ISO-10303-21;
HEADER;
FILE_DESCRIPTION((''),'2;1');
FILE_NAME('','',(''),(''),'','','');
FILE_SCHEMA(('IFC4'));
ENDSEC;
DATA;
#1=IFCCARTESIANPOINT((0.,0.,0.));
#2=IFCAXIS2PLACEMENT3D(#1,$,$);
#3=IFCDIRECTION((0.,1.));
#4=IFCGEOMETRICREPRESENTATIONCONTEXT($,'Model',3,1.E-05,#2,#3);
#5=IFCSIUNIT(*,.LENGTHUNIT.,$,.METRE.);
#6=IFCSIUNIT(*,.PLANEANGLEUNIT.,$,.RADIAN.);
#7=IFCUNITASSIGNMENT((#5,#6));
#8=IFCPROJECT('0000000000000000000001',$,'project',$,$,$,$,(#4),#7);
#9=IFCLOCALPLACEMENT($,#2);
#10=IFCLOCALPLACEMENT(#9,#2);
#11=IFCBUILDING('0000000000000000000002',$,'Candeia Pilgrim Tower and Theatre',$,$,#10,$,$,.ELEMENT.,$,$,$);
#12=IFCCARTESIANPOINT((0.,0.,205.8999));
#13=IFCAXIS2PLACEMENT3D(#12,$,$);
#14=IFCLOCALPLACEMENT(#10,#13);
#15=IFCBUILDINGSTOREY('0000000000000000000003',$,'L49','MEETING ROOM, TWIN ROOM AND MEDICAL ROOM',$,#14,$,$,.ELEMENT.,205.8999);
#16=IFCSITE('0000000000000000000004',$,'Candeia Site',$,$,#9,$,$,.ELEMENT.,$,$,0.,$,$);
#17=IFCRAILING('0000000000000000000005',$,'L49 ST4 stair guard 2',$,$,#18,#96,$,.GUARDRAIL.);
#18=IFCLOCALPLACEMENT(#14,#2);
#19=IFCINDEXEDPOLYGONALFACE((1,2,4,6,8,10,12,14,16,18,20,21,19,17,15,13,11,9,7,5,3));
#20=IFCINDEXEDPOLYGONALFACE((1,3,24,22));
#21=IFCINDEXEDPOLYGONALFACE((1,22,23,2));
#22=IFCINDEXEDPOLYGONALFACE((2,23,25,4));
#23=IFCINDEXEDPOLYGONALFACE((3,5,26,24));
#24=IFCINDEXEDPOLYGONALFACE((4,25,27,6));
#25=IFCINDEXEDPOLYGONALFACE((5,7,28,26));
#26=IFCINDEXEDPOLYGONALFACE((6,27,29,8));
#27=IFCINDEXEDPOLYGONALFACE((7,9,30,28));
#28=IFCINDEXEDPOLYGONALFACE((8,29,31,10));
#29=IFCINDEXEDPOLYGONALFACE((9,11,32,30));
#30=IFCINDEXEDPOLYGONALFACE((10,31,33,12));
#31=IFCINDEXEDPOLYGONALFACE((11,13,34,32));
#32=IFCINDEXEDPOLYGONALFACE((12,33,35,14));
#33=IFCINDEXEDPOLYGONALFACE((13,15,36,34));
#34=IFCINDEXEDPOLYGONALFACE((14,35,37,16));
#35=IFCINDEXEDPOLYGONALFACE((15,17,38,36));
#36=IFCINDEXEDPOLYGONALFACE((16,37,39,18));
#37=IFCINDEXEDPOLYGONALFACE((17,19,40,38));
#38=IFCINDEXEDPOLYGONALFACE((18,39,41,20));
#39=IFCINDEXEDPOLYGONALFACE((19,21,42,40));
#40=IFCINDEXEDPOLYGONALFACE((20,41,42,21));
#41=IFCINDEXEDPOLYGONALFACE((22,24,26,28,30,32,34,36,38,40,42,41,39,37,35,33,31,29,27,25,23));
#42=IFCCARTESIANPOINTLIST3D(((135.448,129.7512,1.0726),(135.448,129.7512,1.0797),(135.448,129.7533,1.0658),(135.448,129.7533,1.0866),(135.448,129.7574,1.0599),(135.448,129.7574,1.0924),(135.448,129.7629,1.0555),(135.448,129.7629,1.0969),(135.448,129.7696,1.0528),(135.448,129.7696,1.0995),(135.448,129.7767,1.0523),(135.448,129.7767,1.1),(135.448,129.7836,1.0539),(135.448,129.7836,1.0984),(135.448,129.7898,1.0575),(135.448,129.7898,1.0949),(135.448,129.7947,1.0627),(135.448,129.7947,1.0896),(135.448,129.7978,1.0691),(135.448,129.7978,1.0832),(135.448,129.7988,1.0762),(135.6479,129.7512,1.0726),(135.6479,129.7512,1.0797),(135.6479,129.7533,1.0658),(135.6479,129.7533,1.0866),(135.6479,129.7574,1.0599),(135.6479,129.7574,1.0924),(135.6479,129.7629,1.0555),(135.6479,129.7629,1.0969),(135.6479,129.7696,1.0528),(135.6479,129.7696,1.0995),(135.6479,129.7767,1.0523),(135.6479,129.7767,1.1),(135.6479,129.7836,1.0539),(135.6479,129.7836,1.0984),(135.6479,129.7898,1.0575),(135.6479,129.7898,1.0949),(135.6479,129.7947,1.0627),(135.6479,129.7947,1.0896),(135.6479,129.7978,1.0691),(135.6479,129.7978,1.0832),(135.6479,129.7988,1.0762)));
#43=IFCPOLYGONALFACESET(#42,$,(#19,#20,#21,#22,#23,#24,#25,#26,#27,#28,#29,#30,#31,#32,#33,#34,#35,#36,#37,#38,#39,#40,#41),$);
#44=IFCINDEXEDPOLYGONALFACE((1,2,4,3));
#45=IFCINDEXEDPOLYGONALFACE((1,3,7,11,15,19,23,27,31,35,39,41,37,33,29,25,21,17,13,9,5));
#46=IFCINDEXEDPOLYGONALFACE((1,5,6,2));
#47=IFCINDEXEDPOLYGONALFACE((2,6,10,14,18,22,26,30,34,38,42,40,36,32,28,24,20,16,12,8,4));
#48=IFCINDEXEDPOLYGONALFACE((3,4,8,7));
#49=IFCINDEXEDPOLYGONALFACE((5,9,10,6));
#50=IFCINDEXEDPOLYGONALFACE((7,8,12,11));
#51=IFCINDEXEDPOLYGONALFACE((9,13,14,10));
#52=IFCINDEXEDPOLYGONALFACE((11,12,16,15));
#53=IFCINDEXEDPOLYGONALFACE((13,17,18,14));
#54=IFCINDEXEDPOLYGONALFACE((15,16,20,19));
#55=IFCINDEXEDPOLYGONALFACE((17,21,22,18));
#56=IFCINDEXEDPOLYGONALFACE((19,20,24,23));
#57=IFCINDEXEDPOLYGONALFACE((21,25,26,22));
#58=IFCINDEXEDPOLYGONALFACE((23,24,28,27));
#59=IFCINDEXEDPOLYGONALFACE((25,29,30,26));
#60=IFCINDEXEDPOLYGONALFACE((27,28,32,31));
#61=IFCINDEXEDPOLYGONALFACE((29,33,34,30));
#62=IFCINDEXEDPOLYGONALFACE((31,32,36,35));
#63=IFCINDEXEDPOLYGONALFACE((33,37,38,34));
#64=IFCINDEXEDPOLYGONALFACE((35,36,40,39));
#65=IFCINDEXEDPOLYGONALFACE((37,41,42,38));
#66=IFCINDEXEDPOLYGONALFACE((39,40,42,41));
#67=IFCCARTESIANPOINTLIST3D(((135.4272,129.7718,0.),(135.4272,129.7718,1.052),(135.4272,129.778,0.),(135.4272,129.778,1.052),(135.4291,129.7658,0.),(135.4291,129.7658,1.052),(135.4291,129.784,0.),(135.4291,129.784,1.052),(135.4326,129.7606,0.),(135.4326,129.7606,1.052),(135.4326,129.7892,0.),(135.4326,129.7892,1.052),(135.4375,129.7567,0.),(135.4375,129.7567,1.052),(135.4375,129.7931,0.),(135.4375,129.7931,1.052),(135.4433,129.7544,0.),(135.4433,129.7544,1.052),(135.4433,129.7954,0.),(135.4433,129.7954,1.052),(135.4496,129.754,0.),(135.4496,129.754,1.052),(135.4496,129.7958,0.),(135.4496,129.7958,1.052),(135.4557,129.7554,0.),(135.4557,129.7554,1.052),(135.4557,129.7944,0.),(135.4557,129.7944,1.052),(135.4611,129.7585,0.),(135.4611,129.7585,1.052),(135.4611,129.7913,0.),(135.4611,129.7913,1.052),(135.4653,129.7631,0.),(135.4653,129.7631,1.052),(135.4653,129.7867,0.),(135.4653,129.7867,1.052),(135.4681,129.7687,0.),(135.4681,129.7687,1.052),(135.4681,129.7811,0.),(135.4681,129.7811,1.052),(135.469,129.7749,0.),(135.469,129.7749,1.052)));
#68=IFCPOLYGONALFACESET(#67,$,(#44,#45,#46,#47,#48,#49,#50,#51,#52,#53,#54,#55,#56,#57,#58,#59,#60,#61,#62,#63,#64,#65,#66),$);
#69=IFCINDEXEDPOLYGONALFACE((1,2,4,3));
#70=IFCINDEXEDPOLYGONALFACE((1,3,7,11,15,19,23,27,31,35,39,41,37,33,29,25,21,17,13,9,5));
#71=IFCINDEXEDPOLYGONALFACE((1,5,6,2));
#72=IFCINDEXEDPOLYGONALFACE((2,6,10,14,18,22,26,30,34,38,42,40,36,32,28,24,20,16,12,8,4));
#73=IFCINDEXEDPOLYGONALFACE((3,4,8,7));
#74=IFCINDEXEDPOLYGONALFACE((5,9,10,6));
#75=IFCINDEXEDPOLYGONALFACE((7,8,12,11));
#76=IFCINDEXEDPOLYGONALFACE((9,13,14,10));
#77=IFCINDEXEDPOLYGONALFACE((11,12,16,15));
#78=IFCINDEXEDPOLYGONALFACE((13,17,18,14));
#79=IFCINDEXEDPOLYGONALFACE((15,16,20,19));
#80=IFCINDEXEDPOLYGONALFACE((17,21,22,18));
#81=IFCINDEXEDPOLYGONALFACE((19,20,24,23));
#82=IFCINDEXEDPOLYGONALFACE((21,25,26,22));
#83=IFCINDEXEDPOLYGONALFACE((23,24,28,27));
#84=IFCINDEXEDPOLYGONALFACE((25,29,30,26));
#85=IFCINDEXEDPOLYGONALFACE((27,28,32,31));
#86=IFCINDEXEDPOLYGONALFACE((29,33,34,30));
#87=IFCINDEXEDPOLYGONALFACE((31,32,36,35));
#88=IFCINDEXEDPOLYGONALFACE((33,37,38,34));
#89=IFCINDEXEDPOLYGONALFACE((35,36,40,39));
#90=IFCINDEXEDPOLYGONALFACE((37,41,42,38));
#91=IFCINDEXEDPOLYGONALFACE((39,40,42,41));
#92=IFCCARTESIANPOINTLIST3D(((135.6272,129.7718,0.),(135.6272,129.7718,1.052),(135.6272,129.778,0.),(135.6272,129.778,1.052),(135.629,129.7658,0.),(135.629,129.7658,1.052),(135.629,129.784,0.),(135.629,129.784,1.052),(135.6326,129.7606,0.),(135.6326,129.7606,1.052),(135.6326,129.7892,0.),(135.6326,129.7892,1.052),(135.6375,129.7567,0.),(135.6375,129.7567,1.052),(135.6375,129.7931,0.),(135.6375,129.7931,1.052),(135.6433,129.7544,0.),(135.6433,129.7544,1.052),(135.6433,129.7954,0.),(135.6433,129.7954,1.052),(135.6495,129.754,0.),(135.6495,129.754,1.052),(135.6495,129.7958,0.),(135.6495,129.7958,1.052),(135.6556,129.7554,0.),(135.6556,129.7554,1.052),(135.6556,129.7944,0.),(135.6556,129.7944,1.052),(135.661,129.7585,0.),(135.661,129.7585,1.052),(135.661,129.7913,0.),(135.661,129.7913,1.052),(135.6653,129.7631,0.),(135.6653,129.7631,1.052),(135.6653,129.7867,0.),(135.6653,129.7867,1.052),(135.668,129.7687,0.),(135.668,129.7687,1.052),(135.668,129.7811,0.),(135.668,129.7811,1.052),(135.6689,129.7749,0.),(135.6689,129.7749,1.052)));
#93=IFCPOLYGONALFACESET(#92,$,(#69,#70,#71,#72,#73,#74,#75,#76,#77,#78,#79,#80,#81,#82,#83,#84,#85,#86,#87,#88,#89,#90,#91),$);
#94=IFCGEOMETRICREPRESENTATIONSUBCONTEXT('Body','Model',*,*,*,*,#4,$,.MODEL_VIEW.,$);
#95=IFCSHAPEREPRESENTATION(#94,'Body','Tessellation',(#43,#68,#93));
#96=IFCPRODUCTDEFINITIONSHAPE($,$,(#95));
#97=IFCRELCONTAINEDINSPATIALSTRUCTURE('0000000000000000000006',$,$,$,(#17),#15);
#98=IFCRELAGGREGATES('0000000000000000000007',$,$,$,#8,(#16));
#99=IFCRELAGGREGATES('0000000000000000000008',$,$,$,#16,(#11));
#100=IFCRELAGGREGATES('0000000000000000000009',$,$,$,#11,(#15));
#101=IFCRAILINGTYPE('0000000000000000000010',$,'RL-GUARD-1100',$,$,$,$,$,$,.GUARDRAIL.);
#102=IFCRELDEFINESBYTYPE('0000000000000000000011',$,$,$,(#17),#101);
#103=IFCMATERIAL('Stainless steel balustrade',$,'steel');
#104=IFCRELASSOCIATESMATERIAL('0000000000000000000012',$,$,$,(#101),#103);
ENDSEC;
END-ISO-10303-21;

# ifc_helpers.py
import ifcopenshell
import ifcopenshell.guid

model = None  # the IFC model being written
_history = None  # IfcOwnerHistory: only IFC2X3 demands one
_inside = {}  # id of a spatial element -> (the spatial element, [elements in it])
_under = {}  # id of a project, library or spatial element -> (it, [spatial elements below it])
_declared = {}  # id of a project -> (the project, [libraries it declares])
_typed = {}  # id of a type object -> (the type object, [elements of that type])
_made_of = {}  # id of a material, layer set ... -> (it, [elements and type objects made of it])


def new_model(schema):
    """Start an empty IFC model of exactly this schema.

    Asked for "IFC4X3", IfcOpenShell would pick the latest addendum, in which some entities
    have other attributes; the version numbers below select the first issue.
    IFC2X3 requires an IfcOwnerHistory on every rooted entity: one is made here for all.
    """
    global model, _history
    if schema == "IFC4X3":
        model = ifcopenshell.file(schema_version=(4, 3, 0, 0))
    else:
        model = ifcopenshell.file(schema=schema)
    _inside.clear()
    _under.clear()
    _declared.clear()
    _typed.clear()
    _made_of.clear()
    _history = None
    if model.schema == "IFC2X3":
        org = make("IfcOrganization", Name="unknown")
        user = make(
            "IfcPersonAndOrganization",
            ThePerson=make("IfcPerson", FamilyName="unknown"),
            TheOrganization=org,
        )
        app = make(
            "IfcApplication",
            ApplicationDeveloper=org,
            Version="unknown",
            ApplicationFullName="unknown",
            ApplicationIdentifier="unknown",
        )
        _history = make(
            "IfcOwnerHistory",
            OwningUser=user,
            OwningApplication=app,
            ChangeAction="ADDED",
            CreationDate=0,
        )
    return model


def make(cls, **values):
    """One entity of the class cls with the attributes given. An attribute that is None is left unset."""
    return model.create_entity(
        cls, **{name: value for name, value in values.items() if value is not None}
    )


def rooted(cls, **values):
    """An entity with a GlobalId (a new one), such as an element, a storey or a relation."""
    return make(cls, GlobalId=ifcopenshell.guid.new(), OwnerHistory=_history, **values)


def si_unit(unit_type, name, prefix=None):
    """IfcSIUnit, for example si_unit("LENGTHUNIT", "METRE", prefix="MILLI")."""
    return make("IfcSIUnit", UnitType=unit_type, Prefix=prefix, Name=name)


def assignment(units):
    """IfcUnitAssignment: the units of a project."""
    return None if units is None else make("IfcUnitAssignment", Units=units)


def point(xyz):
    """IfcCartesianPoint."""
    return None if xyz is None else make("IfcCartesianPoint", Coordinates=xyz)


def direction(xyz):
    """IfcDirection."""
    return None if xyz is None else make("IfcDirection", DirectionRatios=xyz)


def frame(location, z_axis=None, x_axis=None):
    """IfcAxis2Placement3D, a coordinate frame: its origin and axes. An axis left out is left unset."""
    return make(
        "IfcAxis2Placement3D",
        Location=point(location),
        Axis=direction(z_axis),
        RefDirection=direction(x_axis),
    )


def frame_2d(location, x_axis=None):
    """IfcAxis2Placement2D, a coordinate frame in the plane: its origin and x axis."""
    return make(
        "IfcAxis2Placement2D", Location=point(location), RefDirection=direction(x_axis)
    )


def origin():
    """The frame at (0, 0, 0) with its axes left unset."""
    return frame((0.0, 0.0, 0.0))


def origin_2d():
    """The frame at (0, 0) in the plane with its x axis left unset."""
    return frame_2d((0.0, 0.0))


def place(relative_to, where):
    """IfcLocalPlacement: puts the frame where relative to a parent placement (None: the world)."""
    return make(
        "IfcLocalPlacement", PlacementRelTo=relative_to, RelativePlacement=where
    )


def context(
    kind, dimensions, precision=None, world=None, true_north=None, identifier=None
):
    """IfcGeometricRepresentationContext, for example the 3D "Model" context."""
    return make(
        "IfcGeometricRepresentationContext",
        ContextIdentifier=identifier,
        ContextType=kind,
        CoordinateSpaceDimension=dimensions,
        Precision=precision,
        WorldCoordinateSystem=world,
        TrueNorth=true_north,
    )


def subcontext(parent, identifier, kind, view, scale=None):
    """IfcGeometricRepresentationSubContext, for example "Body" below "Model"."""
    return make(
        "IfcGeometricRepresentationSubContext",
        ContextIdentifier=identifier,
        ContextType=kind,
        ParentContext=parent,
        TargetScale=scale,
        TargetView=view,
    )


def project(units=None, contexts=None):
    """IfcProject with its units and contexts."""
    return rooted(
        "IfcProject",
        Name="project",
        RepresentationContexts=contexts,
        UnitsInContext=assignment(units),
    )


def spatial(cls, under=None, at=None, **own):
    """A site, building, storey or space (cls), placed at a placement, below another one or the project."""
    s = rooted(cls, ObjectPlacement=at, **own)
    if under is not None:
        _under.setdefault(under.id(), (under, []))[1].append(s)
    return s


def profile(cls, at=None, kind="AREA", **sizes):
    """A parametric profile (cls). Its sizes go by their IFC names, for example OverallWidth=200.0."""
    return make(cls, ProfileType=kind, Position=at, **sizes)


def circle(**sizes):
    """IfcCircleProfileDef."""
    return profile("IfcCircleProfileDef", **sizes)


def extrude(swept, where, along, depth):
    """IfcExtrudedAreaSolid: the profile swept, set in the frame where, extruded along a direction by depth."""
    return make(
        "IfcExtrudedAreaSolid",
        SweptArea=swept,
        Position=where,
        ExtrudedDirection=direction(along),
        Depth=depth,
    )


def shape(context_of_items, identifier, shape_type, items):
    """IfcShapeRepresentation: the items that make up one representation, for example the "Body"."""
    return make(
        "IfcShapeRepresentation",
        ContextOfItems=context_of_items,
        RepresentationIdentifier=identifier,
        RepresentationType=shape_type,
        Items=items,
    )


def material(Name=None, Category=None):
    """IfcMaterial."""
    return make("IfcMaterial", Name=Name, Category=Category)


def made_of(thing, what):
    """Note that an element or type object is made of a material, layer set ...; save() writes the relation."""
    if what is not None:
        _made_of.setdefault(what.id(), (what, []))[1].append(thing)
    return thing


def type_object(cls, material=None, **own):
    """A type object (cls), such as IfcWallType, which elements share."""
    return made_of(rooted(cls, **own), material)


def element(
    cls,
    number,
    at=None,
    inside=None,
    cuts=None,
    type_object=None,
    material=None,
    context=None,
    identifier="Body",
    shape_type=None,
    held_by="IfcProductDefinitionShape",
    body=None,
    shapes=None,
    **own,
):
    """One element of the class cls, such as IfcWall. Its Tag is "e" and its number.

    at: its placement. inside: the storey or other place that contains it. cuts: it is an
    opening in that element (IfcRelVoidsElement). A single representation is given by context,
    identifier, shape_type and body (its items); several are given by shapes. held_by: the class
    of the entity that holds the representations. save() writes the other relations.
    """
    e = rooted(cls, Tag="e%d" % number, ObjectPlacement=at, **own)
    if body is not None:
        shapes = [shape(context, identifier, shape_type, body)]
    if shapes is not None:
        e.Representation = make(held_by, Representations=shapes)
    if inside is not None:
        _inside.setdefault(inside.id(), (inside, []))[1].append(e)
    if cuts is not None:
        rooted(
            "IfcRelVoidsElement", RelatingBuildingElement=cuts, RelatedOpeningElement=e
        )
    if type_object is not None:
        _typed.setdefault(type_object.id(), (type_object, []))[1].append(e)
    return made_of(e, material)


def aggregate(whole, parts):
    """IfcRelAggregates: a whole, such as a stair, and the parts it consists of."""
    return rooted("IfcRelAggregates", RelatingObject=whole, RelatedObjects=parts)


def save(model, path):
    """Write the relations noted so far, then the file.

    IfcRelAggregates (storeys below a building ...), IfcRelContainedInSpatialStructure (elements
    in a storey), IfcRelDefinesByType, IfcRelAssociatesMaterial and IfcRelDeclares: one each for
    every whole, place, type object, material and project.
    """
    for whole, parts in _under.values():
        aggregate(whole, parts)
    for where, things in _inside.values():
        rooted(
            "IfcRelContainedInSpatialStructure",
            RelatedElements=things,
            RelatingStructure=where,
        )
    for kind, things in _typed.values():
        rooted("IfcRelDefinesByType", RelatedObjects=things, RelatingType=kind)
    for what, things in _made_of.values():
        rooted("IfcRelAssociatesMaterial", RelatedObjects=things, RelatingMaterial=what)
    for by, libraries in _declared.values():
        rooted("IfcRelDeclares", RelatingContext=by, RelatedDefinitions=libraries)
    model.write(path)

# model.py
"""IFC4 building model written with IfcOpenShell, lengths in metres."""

from ifc_helpers import new_model, si_unit, direction, frame, origin, origin_2d, place, context, subcontext, project, spatial, circle, extrude, material, type_object, element, save


model = new_model("IFC4")

# Units and contexts
model_context = context("Model", 3, precision=1e-05, world=origin(), true_north=direction((0.0, 1.0)))
body_context = subcontext(model_context, "Body", "Model", "MODEL_VIEW")
ifc_project = project(units=[si_unit("LENGTHUNIT", "METRE"), si_unit("PLANEANGLEUNIT", "RADIAN")], contexts=[model_context])

# Site, building, storey
site_placement = place(None, origin())
site = spatial("IfcSite", under=ifc_project, at=site_placement, Name="Candeia Site", CompositionType="ELEMENT", RefElevation=0.0)
building_placement = place(site_placement, origin())
building = spatial("IfcBuilding", under=site, at=building_placement, Name="Candeia Pilgrim Tower and Theatre", CompositionType="ELEMENT")
storey_placement = place(building_placement, frame((0.0, 0.0, 205.8999)))
storey = spatial("IfcBuildingStorey", under=building, at=storey_placement, Name="L49", Description="MEETING ROOM, TWIN ROOM AND MEDICAL ROOM", CompositionType="ELEMENT", Elevation=205.8999)

# Railing
ifc_material_1 = material(Name="Stainless steel balustrade", Category="steel")
railing_type_1 = type_object("IfcRailingType", Name="RL-GUARD-1100", PredefinedType="GUARDRAIL", material=ifc_material_1)
railing_1_placement = place(storey_placement, frame((135.448, 129.7749, 0.0)))
element("IfcRailing", 1, at=railing_1_placement, inside=storey, type_object=railing_type_1, Name="L49 ST4 stair guard 2", PredefinedType="GUARDRAIL", context=body_context, shape_type="SweptSolid", body=[
    extrude(circle(Radius=0.0239, at=origin_2d()), frame((0.0, 0.0, 1.0762), z_axis=(1.0, 0.0, 0.0), x_axis=(0.0, 1.0, 0.0)), (0.0, 0.0, 1.0), 0.2),
    extrude(circle(Radius=0.021, at=origin_2d()), origin(), (0.0, 0.0, 1.0), 1.052),
    extrude(circle(Radius=0.021, at=origin_2d()), frame((0.2, 0.0, 0.0)), (0.0, 0.0, 1.0), 1.052),
])

save(model, "model.ifc")
